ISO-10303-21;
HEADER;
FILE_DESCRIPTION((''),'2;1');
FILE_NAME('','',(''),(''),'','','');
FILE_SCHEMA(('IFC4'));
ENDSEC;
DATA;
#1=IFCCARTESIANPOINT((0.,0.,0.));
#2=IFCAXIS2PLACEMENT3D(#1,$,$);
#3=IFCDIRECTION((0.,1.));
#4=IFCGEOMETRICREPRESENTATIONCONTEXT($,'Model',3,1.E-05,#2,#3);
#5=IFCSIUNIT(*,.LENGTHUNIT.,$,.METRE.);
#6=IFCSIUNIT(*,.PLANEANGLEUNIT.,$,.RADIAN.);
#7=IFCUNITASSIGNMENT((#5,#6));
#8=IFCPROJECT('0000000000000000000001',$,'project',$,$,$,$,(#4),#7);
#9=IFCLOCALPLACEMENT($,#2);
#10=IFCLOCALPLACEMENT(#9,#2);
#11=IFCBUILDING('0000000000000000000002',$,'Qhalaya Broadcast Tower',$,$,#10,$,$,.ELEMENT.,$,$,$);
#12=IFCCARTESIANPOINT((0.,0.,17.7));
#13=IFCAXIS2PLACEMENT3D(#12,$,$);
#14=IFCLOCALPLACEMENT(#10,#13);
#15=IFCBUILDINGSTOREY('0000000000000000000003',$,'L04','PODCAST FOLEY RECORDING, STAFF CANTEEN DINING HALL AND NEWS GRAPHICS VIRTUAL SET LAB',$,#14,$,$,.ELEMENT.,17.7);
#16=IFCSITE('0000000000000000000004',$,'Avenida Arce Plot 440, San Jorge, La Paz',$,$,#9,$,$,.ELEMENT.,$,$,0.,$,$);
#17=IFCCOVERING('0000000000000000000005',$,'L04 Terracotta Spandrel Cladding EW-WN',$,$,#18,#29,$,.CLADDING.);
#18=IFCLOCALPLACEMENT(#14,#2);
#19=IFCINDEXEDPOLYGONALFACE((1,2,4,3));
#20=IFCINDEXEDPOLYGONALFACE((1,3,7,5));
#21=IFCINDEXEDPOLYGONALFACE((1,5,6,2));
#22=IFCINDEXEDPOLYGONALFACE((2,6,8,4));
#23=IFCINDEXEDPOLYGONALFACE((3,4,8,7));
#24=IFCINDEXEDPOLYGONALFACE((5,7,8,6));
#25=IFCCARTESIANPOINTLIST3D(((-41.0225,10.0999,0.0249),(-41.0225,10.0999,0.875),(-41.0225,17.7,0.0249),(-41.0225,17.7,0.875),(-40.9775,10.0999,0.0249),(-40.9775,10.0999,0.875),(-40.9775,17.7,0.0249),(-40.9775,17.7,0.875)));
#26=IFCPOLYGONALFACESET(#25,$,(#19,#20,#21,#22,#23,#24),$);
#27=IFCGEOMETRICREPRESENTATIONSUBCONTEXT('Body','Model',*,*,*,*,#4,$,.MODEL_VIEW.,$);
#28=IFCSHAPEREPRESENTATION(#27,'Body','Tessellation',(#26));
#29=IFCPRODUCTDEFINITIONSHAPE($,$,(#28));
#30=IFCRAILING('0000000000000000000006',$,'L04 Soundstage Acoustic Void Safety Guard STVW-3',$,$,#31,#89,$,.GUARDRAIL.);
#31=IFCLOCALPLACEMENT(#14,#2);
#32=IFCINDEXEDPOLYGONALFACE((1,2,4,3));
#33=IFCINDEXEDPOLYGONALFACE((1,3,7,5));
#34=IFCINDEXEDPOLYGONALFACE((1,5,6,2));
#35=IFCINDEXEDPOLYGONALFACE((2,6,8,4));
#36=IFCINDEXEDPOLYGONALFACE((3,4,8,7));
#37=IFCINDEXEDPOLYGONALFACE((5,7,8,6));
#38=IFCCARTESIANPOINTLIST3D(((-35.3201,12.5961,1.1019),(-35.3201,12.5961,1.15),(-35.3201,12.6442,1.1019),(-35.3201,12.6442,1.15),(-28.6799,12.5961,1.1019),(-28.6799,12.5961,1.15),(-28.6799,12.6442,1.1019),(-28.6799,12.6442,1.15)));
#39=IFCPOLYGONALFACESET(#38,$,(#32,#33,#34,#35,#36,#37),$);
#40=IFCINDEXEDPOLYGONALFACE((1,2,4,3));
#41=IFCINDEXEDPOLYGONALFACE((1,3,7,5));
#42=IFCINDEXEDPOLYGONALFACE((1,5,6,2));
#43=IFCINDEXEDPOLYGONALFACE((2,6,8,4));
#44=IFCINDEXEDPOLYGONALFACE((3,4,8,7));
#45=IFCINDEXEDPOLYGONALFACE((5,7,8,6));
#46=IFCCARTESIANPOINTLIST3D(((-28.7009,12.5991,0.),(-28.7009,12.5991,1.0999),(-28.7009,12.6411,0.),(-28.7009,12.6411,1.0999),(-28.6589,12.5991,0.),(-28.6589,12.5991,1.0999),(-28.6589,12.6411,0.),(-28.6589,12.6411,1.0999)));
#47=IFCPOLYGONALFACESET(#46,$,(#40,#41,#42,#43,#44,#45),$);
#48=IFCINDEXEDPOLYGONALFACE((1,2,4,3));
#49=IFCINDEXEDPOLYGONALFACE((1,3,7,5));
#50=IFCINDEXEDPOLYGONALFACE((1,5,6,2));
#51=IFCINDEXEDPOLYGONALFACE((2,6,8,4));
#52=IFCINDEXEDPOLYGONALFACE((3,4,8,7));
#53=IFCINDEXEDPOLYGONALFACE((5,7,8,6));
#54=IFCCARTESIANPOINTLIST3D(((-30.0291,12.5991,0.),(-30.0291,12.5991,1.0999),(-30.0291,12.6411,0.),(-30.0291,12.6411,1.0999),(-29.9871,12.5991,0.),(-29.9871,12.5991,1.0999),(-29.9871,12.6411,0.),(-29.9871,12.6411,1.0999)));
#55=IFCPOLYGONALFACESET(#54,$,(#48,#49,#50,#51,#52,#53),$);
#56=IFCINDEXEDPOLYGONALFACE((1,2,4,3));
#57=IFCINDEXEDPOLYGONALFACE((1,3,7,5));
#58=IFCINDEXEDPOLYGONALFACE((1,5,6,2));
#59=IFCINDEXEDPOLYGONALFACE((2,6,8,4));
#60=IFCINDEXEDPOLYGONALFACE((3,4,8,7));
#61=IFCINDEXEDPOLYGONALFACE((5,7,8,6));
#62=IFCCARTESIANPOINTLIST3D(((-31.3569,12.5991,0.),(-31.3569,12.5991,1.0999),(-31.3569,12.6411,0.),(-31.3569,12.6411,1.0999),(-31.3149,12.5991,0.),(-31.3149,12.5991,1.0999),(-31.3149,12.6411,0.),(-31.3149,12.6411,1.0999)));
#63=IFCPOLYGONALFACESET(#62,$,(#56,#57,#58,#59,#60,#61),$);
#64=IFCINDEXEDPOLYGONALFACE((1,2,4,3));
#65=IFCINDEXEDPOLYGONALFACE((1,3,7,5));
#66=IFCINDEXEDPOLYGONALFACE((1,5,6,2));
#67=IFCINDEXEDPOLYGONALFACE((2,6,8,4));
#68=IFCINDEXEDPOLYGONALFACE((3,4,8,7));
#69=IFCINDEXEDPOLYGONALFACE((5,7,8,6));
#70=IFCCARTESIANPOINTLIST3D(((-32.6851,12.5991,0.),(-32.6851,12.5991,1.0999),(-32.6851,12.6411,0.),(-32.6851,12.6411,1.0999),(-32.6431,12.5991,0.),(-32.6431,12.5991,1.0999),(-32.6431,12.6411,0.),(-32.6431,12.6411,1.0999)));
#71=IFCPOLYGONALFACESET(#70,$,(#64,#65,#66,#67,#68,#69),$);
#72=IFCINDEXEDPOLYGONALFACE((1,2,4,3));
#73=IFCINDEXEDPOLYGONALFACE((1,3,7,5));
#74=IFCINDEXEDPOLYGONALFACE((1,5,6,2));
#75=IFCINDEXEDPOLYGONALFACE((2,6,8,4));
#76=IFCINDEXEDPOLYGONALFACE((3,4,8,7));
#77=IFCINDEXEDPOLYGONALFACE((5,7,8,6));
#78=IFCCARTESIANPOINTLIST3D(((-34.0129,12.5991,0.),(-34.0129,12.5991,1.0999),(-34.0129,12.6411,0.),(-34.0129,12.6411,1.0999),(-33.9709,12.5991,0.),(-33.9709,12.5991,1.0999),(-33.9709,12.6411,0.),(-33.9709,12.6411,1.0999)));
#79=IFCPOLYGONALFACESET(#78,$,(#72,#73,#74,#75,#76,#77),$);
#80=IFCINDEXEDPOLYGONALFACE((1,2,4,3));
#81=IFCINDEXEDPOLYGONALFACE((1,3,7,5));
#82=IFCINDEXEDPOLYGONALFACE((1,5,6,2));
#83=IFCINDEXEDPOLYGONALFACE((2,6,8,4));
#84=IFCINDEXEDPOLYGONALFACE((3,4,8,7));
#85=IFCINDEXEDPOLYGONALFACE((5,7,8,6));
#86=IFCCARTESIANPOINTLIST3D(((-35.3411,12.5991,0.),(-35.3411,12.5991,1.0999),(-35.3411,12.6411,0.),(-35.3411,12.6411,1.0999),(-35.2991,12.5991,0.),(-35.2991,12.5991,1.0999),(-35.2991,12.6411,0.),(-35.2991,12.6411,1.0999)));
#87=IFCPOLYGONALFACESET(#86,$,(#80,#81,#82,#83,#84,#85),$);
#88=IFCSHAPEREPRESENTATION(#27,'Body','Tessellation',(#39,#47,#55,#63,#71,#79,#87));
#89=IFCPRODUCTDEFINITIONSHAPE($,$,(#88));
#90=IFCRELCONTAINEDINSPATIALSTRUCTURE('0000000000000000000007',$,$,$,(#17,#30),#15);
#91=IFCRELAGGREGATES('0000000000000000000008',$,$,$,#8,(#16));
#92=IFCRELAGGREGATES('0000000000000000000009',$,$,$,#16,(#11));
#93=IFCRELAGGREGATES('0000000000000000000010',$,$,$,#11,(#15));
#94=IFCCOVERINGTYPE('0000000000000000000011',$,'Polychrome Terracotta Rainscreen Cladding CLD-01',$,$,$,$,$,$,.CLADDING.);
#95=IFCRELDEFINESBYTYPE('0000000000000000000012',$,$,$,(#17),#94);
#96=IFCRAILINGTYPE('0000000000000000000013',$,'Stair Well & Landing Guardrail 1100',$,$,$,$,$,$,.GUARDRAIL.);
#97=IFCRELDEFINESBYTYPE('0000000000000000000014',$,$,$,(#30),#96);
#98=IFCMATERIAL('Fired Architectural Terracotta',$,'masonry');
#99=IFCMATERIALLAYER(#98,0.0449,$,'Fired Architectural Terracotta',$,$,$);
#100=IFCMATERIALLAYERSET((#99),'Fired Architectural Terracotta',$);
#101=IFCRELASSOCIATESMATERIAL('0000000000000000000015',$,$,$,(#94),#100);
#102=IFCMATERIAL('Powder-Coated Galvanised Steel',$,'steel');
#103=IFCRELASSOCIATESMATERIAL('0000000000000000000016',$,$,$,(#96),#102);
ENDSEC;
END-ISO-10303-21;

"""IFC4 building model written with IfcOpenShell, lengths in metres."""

from ifc_helpers import new_model, si_unit, direction, frame, origin, origin_2d, place, context, subcontext, project, spatial, rectangle, extrude, material, layer, layer_set, type_object, element, save


model = new_model("IFC4")

# Units and contexts
model_context = context("Model", 3, precision=1e-05, world=origin(), true_north=direction((0.0, 1.0)))
body_context = subcontext(model_context, "Body", "Model", "MODEL_VIEW")
ifc_project = project(units=[si_unit("LENGTHUNIT", "METRE"), si_unit("PLANEANGLEUNIT", "RADIAN")], contexts=[model_context])

# Site, building, storey
site_placement = place(None, origin())
site = spatial("IfcSite", under=ifc_project, at=site_placement, Name="Avenida Arce Plot 440, San Jorge, La Paz", CompositionType="ELEMENT", RefElevation=0.0)
building_placement = place(site_placement, origin())
building = spatial("IfcBuilding", under=site, at=building_placement, Name="Qhalaya Broadcast Tower", CompositionType="ELEMENT")
storey_placement = place(building_placement, frame((0.0, 0.0, 17.7)))
storey = spatial("IfcBuildingStorey", under=building, at=storey_placement, Name="L04", Description="PODCAST FOLEY RECORDING, STAFF CANTEEN DINING HALL AND NEWS GRAPHICS VIRTUAL SET LAB", CompositionType="ELEMENT", Elevation=17.7)

# Covering
ifc_material_1 = material(Name="Fired Architectural Terracotta", Category="masonry")
ifc_layer_1 = layer(ifc_material_1, 0.0449, Name="Fired Architectural Terracotta")
ifc_layer_set_1 = layer_set([ifc_layer_1], Name="Fired Architectural Terracotta")
covering_type = type_object("IfcCoveringType", Name="Polychrome Terracotta Rainscreen Cladding CLD-01", PredefinedType="CLADDING", material=ifc_layer_set_1)
for number, where, z_axis, x_axis, name in (
    (1, (-41.0, 13.8999, 0.0249), (0.0, 0.0, 1.0), (0.0, 1.0, 0.0), "L04 Terracotta Spandrel Cladding EW-WN"),
):
    element("IfcCovering", number, at=place(storey_placement, frame(where, z_axis=z_axis, x_axis=x_axis)), inside=storey, type_object=covering_type, Name=name, PredefinedType="CLADDING", context=body_context, shape_type="SweptSolid", body=[
        extrude(rectangle(XDim=7.6001, YDim=0.0449, at=origin_2d()), origin(), (0.0, 0.0, 1.0), 0.8501),
    ])

# Railing
ifc_material_2 = material(Name="Powder-Coated Galvanised Steel", Category="steel")
railing_type = type_object("IfcRailingType", Name="Stair Well & Landing Guardrail 1100", PredefinedType="GUARDRAIL", material=ifc_material_2)
railing_1_placement = place(storey_placement, frame((-28.6799, 12.6201, 0.0)))
element("IfcRailing", 2, at=railing_1_placement, inside=storey, type_object=railing_type, Name="L04 Soundstage Acoustic Void Safety Guard STVW-3", PredefinedType="GUARDRAIL", context=body_context, shape_type="SweptSolid", body=[
    extrude(rectangle(XDim=0.0481, YDim=0.0481, at=origin_2d()), frame((0.0, 0.0, 1.126), z_axis=(-1.0, 0.0, 0.0), x_axis=(0.0, -1.0, 0.0)), (0.0, 0.0, 1.0), 6.6401),
    extrude(rectangle(XDim=0.042, YDim=0.042, at=origin_2d()), origin(), (0.0, 0.0, 1.0), 1.0999),
    extrude(rectangle(XDim=0.042, YDim=0.042, at=origin_2d()), frame((-1.3281, 0.0, 0.0)), (0.0, 0.0, 1.0), 1.0999),
    extrude(rectangle(XDim=0.042, YDim=0.042, at=origin_2d()), frame((-2.656, 0.0, 0.0)), (0.0, 0.0, 1.0), 1.0999),
    extrude(rectangle(XDim=0.042, YDim=0.042, at=origin_2d()), frame((-3.9841, 0.0, 0.0)), (0.0, 0.0, 1.0), 1.0999),
    extrude(rectangle(XDim=0.042, YDim=0.042, at=origin_2d()), frame((-5.312, 0.0, 0.0)), (0.0, 0.0, 1.0), 1.0999),
    extrude(rectangle(XDim=0.042, YDim=0.042, at=origin_2d()), frame((-6.6401, 0.0, 0.0)), (0.0, 0.0, 1.0), 1.0999),
])

save(model, "model.ifc")
